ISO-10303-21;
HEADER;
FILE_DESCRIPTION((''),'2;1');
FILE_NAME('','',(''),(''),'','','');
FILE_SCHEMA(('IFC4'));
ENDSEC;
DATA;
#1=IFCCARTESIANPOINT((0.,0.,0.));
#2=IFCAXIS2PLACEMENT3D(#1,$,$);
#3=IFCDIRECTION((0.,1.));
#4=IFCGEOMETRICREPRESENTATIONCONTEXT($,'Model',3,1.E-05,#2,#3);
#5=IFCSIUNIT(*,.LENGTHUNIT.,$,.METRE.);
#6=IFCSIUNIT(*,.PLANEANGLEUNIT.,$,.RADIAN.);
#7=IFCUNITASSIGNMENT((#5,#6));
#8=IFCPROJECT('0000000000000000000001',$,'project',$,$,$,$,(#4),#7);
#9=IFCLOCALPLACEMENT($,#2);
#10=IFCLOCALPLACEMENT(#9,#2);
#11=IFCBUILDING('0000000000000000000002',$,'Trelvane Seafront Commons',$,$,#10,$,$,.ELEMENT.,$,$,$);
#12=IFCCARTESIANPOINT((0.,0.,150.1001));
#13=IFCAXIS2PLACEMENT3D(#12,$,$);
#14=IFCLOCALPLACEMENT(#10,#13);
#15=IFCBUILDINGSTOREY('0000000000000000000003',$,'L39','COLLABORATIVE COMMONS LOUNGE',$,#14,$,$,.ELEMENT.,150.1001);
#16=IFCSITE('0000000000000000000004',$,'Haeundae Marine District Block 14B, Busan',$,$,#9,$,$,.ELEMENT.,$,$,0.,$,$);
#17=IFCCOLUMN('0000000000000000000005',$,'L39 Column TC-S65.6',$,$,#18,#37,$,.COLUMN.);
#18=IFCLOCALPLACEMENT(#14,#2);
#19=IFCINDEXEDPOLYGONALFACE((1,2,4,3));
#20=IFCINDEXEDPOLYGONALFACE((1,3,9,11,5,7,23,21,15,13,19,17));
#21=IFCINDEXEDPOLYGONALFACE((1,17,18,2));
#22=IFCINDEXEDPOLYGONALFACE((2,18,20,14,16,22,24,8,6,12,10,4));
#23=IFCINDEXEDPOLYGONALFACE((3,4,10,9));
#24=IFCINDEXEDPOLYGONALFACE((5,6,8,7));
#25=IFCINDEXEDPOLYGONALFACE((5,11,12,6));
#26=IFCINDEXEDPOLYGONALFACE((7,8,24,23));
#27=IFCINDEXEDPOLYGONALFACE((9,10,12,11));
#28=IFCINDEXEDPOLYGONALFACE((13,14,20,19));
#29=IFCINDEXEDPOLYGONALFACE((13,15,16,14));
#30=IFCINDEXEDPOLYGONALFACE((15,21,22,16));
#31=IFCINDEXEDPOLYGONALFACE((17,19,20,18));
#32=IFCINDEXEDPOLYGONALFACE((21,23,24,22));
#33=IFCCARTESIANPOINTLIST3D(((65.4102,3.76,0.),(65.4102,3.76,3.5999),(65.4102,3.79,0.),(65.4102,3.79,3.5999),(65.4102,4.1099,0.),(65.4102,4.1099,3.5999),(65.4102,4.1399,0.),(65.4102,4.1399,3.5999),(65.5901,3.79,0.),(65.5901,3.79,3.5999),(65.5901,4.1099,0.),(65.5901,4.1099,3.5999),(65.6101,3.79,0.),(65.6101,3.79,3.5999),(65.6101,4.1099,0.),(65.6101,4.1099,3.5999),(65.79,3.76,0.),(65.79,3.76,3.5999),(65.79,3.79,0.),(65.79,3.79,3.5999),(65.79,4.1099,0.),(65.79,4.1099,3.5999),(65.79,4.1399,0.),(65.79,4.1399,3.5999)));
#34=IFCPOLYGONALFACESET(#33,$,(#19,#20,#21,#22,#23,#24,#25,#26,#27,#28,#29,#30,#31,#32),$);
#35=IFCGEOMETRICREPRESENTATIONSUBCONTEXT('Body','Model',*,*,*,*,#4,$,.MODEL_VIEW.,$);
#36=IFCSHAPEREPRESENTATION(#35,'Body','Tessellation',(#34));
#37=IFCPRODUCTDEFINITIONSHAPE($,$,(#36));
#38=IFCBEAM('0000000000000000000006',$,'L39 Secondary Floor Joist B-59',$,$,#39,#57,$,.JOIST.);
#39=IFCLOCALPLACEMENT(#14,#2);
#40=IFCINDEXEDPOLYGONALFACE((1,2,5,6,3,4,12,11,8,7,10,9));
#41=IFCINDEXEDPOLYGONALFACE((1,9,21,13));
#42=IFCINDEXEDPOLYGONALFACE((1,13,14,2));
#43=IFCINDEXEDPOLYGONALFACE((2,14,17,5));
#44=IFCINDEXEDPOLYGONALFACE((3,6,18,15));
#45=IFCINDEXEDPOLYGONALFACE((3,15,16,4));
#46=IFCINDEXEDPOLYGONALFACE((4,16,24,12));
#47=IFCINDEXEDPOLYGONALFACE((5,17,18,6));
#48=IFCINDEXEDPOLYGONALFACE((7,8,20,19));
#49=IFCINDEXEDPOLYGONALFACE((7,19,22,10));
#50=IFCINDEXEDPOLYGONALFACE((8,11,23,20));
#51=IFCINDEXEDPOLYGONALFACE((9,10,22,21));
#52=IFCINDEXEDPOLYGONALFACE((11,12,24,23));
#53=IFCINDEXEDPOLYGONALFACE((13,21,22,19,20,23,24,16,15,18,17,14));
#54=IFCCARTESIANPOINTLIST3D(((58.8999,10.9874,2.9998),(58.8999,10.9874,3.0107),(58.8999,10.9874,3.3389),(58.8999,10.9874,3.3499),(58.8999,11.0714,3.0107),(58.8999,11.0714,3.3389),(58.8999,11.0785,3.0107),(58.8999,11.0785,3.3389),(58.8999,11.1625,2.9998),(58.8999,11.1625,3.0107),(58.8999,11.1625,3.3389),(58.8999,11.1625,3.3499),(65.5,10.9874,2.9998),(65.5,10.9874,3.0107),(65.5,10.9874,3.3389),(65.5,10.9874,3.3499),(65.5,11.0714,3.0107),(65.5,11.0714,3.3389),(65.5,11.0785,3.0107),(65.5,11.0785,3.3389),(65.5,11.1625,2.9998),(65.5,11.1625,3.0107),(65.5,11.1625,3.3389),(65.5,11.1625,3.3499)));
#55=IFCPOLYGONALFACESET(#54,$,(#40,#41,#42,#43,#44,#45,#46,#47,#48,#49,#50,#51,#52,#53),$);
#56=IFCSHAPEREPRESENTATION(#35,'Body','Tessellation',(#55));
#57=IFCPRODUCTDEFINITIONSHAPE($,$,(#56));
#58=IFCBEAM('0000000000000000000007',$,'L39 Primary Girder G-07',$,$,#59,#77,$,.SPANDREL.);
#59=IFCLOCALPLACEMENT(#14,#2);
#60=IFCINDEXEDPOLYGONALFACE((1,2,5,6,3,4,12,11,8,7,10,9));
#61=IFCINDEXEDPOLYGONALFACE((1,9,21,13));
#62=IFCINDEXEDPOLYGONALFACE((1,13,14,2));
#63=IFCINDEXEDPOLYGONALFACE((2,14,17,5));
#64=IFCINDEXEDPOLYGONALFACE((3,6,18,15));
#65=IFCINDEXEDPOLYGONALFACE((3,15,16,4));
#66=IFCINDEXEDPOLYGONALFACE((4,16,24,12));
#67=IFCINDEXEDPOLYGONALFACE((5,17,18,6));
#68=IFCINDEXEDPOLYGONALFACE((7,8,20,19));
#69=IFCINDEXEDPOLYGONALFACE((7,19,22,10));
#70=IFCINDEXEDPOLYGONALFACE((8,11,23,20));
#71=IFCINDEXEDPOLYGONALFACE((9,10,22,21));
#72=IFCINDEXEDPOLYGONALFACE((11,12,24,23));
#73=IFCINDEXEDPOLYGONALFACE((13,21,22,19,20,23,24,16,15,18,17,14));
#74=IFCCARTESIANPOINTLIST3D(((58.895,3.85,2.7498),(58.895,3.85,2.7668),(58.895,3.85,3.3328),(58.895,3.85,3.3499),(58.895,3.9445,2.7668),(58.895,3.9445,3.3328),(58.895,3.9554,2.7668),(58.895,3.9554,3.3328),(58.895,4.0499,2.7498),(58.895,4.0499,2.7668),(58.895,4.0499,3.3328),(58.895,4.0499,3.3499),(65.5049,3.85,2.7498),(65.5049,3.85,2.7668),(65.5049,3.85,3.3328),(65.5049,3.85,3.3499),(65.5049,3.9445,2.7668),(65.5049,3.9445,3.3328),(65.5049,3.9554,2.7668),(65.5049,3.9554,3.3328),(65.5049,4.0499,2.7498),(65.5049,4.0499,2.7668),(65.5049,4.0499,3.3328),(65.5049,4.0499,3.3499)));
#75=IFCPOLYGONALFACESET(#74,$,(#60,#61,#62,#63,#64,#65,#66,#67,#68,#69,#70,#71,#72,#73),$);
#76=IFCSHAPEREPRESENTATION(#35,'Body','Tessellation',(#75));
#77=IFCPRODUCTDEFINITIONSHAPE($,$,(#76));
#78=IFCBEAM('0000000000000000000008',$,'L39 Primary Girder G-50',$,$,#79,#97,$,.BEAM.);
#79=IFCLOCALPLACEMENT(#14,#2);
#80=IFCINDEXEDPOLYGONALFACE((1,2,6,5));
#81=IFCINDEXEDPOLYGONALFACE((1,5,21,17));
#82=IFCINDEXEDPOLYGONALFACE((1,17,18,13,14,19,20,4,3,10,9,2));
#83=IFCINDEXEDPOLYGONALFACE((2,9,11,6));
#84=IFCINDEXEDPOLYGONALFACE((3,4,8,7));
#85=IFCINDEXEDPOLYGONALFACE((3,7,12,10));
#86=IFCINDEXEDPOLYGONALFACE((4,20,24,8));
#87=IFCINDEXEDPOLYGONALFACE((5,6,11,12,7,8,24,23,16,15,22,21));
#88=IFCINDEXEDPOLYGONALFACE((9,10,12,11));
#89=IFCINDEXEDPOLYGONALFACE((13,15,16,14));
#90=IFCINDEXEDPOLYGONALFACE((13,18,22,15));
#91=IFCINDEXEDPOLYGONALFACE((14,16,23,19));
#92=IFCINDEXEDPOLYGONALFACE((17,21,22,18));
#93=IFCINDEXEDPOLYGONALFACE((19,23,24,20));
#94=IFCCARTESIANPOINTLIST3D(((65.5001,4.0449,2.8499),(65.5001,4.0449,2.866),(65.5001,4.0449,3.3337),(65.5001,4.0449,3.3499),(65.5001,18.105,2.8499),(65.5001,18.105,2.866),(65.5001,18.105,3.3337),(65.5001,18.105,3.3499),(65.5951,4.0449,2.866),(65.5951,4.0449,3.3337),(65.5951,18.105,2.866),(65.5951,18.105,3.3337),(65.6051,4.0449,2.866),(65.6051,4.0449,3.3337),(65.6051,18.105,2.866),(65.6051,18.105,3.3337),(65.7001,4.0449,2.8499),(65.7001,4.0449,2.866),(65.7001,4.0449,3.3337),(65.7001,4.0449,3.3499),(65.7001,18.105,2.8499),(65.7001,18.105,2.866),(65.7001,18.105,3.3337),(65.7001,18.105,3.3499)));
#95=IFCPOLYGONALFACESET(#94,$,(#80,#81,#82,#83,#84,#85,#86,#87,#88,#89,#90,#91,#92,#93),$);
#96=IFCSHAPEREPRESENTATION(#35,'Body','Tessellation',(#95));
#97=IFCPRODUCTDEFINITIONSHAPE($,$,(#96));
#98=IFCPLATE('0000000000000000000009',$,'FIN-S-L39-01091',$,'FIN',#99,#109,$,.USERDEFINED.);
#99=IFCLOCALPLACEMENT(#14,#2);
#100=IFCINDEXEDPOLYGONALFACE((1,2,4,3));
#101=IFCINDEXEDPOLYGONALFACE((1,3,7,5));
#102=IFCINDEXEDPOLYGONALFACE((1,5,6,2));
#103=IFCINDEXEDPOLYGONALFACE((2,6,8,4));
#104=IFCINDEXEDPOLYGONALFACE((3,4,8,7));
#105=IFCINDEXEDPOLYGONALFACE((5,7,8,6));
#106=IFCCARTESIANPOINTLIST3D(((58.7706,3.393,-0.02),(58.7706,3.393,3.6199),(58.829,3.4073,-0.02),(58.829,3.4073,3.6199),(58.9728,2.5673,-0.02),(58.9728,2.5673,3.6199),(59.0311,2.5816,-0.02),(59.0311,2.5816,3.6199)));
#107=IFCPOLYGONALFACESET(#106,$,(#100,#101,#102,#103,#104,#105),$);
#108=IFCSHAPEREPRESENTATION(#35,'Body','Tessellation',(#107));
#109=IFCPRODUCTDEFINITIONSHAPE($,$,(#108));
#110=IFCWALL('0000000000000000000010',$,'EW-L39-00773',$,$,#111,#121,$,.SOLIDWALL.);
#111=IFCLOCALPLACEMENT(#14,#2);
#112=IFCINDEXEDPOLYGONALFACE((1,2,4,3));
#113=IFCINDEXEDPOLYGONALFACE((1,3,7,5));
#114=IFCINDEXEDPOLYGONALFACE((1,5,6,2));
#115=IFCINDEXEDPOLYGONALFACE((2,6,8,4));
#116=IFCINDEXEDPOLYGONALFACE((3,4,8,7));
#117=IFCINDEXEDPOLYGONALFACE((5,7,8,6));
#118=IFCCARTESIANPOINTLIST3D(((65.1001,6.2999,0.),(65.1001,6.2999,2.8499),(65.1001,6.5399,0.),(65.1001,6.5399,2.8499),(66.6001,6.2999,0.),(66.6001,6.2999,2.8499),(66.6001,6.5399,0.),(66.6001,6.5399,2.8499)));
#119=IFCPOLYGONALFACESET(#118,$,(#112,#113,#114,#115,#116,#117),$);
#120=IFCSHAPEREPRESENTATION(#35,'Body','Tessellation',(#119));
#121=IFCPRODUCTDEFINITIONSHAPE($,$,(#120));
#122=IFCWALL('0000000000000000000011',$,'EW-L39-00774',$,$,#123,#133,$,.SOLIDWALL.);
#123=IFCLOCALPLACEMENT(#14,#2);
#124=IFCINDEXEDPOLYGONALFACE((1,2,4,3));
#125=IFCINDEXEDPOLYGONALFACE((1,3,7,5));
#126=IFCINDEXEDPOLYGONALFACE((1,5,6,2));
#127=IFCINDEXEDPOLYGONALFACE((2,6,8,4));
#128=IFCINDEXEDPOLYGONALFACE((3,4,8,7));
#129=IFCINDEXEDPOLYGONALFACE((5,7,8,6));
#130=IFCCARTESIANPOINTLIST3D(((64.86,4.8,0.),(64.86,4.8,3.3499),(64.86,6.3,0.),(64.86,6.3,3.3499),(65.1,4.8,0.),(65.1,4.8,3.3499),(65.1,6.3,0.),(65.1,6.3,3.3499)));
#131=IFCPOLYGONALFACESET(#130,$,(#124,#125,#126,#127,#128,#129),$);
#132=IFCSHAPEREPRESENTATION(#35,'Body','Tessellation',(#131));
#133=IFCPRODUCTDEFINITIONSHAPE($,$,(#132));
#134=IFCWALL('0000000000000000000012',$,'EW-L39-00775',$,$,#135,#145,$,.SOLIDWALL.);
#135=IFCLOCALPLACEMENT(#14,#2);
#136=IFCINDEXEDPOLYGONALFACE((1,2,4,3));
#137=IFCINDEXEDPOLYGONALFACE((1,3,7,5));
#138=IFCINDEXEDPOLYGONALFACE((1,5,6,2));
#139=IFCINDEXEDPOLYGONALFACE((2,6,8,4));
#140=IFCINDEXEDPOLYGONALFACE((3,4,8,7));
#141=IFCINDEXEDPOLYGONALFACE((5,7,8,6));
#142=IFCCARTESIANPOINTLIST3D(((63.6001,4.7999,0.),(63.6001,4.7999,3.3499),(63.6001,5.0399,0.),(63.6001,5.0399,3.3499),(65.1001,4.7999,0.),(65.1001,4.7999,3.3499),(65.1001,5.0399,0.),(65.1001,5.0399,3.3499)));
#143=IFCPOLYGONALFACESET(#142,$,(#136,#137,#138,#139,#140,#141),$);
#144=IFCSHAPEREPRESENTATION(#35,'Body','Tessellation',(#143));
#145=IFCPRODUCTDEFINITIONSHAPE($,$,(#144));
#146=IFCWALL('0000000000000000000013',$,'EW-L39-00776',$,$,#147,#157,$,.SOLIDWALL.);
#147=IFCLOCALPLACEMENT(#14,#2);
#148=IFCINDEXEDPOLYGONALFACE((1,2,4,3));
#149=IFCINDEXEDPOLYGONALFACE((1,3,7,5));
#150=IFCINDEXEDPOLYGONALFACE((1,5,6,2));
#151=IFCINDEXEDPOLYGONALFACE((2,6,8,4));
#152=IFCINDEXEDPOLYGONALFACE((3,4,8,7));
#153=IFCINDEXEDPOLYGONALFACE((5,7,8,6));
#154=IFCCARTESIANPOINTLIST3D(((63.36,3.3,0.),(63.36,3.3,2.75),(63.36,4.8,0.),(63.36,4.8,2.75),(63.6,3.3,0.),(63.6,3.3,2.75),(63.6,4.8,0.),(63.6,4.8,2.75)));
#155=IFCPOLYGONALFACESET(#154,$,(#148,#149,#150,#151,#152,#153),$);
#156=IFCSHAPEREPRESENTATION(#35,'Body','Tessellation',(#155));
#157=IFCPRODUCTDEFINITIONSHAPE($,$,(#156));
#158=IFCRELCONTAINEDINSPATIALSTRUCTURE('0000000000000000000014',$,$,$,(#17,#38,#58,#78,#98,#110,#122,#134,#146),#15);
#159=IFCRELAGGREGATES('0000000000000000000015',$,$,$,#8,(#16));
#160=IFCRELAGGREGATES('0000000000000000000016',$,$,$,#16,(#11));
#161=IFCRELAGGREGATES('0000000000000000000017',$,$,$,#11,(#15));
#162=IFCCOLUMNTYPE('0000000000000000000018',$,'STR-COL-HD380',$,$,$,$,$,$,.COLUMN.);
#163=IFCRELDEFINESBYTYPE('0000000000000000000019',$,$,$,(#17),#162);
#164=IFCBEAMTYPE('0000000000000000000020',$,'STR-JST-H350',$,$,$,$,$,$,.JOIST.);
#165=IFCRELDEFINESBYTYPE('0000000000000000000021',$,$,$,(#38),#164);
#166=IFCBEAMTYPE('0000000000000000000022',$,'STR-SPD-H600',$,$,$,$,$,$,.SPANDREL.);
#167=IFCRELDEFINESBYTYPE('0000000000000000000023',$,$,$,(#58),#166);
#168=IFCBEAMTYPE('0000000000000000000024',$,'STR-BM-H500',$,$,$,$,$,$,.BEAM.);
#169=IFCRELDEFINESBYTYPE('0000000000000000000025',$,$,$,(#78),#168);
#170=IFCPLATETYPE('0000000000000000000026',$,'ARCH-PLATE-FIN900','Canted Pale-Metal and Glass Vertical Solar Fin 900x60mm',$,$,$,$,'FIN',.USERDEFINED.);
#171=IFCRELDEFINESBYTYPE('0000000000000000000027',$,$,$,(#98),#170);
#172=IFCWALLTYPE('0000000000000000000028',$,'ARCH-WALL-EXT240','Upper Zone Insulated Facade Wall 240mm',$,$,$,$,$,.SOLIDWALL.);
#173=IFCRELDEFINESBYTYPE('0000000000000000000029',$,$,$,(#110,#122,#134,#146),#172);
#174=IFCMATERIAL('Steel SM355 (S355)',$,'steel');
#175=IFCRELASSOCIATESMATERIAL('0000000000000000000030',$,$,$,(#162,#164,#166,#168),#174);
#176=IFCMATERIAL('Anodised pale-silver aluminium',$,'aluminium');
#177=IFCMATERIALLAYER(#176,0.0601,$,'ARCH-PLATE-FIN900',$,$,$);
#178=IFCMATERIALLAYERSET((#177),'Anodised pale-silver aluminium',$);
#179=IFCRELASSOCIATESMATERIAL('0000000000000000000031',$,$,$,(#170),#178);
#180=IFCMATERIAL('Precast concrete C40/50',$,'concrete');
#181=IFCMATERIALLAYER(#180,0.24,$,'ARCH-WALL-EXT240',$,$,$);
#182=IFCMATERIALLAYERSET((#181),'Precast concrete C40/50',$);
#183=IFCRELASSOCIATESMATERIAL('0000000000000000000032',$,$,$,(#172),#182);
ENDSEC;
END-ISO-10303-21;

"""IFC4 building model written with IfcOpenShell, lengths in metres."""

from ifc_helpers import new_model, si_unit, direction, frame, frame_2d, origin, origin_2d, place, context, subcontext, project, spatial, rectangle, i_section, extrude, source, transform, mapped, material, layer, layer_set, material_profile, profile_set, type_object, element, save


model = new_model("IFC4")

# Units and contexts
model_context = context("Model", 3, precision=1e-05, world=origin(), true_north=direction((0.0, 1.0)))
body_context = subcontext(model_context, "Body", "Model", "MODEL_VIEW")
ifc_project = project(units=[si_unit("LENGTHUNIT", "METRE"), si_unit("PLANEANGLEUNIT", "RADIAN")], contexts=[model_context])

# Site, building, storey
site_placement = place(None, origin())
site = spatial("IfcSite", under=ifc_project, at=site_placement, Name="Haeundae Marine District Block 14B, Busan", CompositionType="ELEMENT", RefElevation=0.0)
building_placement = place(site_placement, origin())
building = spatial("IfcBuilding", under=site, at=building_placement, Name="Trelvane Seafront Commons", CompositionType="ELEMENT")
storey_placement = place(building_placement, frame((0.0, 0.0, 150.1001)))
storey = spatial("IfcBuildingStorey", under=building, at=storey_placement, Name="L39", Description="COLLABORATIVE COMMONS LOUNGE", CompositionType="ELEMENT", Elevation=150.1001)

# Column
ifc_material_1 = material(Name="Steel SM355 (S355)", Category="steel")
ifc_material_profile_1 = material_profile(ifc_material_1, i_section(OverallWidth=0.3799, OverallDepth=0.3799, WebThickness=0.02, FlangeThickness=0.03, at=origin_2d()), Name="HD-380x380x20x30")
ifc_profile_set_1 = profile_set([ifc_material_profile_1], Name="Steel SM355 (S355)")
column_type = type_object("IfcColumnType", Name="STR-COL-HD380", PredefinedType="COLUMN", material=ifc_profile_set_1)
shared_shape_1 = source(origin(), body_context, "Body", "SweptSolid", [
    extrude(i_section(OverallWidth=0.3799, OverallDepth=0.3799, WebThickness=0.02, FlangeThickness=0.03, at=origin_2d()), origin(), (0.0, 0.0, 1.0), 3.5999),
])
column_placement = place(storey_placement, frame((65.6001, 3.95, 0.0), z_axis=(0.0, 0.0, 1.0), x_axis=(1.0, 0.0, 0.0)))
element("IfcColumn", 1, at=column_placement, inside=storey, type_object=column_type, Name="L39 Column TC-S65.6", PredefinedType="COLUMN", context=body_context, shape_type="MappedRepresentation", body=[
    mapped(shared_shape_1, transform((0.0, 0.0, 0.0), x_axis=(1.0, 0.0, 0.0), y_axis=(0.0, 1.0, 0.0), z_axis=(0.0, 0.0, 1.0), scale=1.0)),
])

# Beams
ifc_material_profile_2 = material_profile(ifc_material_1, i_section(OverallWidth=0.175, OverallDepth=0.3501, WebThickness=0.0071, FlangeThickness=0.011, at=origin_2d()), Name="H-350x175x7x11")
ifc_profile_set_2 = profile_set([ifc_material_profile_2], Name="Steel SM355 (S355)")
beam_type_1 = type_object("IfcBeamType", Name="STR-JST-H350", PredefinedType="JOIST", material=ifc_profile_set_2)
shared_shape_2 = source(origin(), body_context, "Body", "SweptSolid", [
    extrude(i_section(OverallWidth=0.175, OverallDepth=0.3501, WebThickness=0.0071, FlangeThickness=0.011, at=origin_2d()), origin(), (0.0, 0.0, 1.0), 6.6001),
])
beam_1_placement = place(storey_placement, frame((58.8999, 11.075, 3.1748), z_axis=(1.0, 0.0, 0.0), x_axis=(0.0, 1.0, 0.0)))
element("IfcBeam", 2, at=beam_1_placement, inside=storey, type_object=beam_type_1, Name="L39 Secondary Floor Joist B-59", PredefinedType="JOIST", context=body_context, shape_type="MappedRepresentation", body=[
    mapped(shared_shape_2, transform((0.0, 0.0, 0.0), x_axis=(1.0, 0.0, 0.0), y_axis=(0.0, 1.0, 0.0), z_axis=(0.0, 0.0, 1.0), scale=1.0)),
])
ifc_material_profile_3 = material_profile(ifc_material_1, i_section(OverallWidth=0.2, OverallDepth=0.6001, WebThickness=0.011, FlangeThickness=0.0171, at=origin_2d()), Name="H-600x200x11x17")
ifc_profile_set_3 = profile_set([ifc_material_profile_3], Name="Steel SM355 (S355)")
beam_type_2 = type_object("IfcBeamType", Name="STR-SPD-H600", PredefinedType="SPANDREL", material=ifc_profile_set_3)
shared_shape_3 = source(origin(), body_context, "Body", "SweptSolid", [
    extrude(i_section(OverallWidth=0.2, OverallDepth=0.6001, WebThickness=0.011, FlangeThickness=0.0171, at=origin_2d()), origin(), (0.0, 0.0, 1.0), 6.6099),
])
beam_2_placement = place(storey_placement, frame((58.895, 3.95, 3.0498), z_axis=(1.0, 0.0, 0.0), x_axis=(0.0, 1.0, 0.0)))
element("IfcBeam", 3, at=beam_2_placement, inside=storey, type_object=beam_type_2, Name="L39 Primary Girder G-07", PredefinedType="SPANDREL", context=body_context, shape_type="MappedRepresentation", body=[
    mapped(shared_shape_3, transform((0.0, 0.0, 0.0), x_axis=(1.0, 0.0, 0.0), y_axis=(0.0, 1.0, 0.0), z_axis=(0.0, 0.0, 1.0), scale=1.0)),
])
ifc_material_profile_4 = material_profile(ifc_material_1, i_section(OverallWidth=0.2, OverallDepth=0.5, WebThickness=0.01, FlangeThickness=0.0161, at=origin_2d()), Name="H-500x200x10x16")
ifc_profile_set_4 = profile_set([ifc_material_profile_4], Name="Steel SM355 (S355)")
beam_type_3 = type_object("IfcBeamType", Name="STR-BM-H500", PredefinedType="BEAM", material=ifc_profile_set_4)
shared_shape_4 = source(origin(), body_context, "Body", "SweptSolid", [
    extrude(i_section(OverallWidth=0.2, OverallDepth=0.5, WebThickness=0.01, FlangeThickness=0.0161, at=origin_2d()), origin(), (0.0, 0.0, 1.0), 14.0601),
])
beam_3_placement = place(storey_placement, frame((65.6001, 4.0449, 3.0999), z_axis=(0.0, 1.0, 0.0), x_axis=(-1.0, 0.0, 0.0)))
element("IfcBeam", 4, at=beam_3_placement, inside=storey, type_object=beam_type_3, Name="L39 Primary Girder G-50", PredefinedType="BEAM", context=body_context, shape_type="MappedRepresentation", body=[
    mapped(shared_shape_4, transform((0.0, 0.0, 0.0), x_axis=(1.0, 0.0, 0.0), y_axis=(0.0, 1.0, 0.0), z_axis=(0.0, 0.0, 1.0), scale=1.0)),
])

# Plate
ifc_material_2 = material(Name="Anodised pale-silver aluminium", Category="aluminium")
ifc_layer_1 = layer(ifc_material_2, 0.0601, Name="ARCH-PLATE-FIN900")
ifc_layer_set_1 = layer_set([ifc_layer_1], Name="Anodised pale-silver aluminium")
plate_type = type_object("IfcPlateType", Name="ARCH-PLATE-FIN900", Description="Canted Pale-Metal and Glass Vertical Solar Fin 900x60mm", ElementType="FIN", PredefinedType="USERDEFINED", material=ifc_layer_set_1)
shared_shape_5 = source(origin(), body_context, "Body", "SweptSolid", [
    extrude(rectangle(XDim=0.8501, YDim=0.0601, at=origin_2d()), origin(), (0.0, 0.0, 1.0), 3.6399),
])
plate_placement = place(storey_placement, frame((58.9009, 2.9873, -0.02), z_axis=(0.0, 0.0, 1.0), x_axis=(0.237771, -0.971321, 0.0)))
element("IfcPlate", 5, at=plate_placement, inside=storey, type_object=plate_type, Name="FIN-S-L39-01091", ObjectType="FIN", PredefinedType="USERDEFINED", context=body_context, shape_type="MappedRepresentation", body=[
    mapped(shared_shape_5, transform((0.0, 0.0, 0.0), x_axis=(1.0, 0.0, 0.0), y_axis=(0.0, 1.0, 0.0), z_axis=(0.0, 0.0, 1.0), scale=1.0)),
])

# Walls
ifc_material_3 = material(Name="Precast concrete C40/50", Category="concrete")
ifc_layer_2 = layer(ifc_material_3, 0.24, Name="ARCH-WALL-EXT240")
ifc_layer_set_2 = layer_set([ifc_layer_2], Name="Precast concrete C40/50")
wall_type = type_object("IfcWallType", Name="ARCH-WALL-EXT240", Description="Upper Zone Insulated Facade Wall 240mm", PredefinedType="SOLIDWALL", material=ifc_layer_set_2)
wall_1_placement = place(storey_placement, frame((66.6001, 6.4199, 0.0), z_axis=(0.0, 0.0, 1.0), x_axis=(-1.0, 0.0, 0.0)))
element("IfcWall", 6, at=wall_1_placement, inside=storey, type_object=wall_type, Name="EW-L39-00773", PredefinedType="SOLIDWALL", context=body_context, shape_type="SweptSolid", body=[
    extrude(rectangle(XDim=1.5, YDim=0.24, at=frame_2d((0.75, 0.0))), origin(), (0.0, 0.0, 1.0), 2.8499),
])
for number, where, z_axis, x_axis, name in (
    (7, (64.98, 6.3, 0.0), (0.0, 0.0, 1.0), (0.0, -1.0, 0.0), "EW-L39-00774"),
    (8, (65.1001, 4.9199, 0.0), (0.0, 0.0, 1.0), (-1.0, 0.0, 0.0), "EW-L39-00775"),
):
    element("IfcWall", number, at=place(storey_placement, frame(where, z_axis=z_axis, x_axis=x_axis)), inside=storey, type_object=wall_type, Name=name, PredefinedType="SOLIDWALL", context=body_context, shape_type="SweptSolid", body=[
        extrude(rectangle(XDim=1.5, YDim=0.24, at=frame_2d((0.75, 0.0))), origin(), (0.0, 0.0, 1.0), 3.3499),
    ])
wall_2_placement = place(storey_placement, frame((63.48, 4.8, 0.0), z_axis=(0.0, 0.0, 1.0), x_axis=(0.0, -1.0, 0.0)))
element("IfcWall", 9, at=wall_2_placement, inside=storey, type_object=wall_type, Name="EW-L39-00776", PredefinedType="SOLIDWALL", context=body_context, shape_type="SweptSolid", body=[
    extrude(rectangle(XDim=1.5, YDim=0.24, at=frame_2d((0.75, 0.0))), origin(), (0.0, 0.0, 1.0), 2.75),
])

save(model, "model.ifc")
